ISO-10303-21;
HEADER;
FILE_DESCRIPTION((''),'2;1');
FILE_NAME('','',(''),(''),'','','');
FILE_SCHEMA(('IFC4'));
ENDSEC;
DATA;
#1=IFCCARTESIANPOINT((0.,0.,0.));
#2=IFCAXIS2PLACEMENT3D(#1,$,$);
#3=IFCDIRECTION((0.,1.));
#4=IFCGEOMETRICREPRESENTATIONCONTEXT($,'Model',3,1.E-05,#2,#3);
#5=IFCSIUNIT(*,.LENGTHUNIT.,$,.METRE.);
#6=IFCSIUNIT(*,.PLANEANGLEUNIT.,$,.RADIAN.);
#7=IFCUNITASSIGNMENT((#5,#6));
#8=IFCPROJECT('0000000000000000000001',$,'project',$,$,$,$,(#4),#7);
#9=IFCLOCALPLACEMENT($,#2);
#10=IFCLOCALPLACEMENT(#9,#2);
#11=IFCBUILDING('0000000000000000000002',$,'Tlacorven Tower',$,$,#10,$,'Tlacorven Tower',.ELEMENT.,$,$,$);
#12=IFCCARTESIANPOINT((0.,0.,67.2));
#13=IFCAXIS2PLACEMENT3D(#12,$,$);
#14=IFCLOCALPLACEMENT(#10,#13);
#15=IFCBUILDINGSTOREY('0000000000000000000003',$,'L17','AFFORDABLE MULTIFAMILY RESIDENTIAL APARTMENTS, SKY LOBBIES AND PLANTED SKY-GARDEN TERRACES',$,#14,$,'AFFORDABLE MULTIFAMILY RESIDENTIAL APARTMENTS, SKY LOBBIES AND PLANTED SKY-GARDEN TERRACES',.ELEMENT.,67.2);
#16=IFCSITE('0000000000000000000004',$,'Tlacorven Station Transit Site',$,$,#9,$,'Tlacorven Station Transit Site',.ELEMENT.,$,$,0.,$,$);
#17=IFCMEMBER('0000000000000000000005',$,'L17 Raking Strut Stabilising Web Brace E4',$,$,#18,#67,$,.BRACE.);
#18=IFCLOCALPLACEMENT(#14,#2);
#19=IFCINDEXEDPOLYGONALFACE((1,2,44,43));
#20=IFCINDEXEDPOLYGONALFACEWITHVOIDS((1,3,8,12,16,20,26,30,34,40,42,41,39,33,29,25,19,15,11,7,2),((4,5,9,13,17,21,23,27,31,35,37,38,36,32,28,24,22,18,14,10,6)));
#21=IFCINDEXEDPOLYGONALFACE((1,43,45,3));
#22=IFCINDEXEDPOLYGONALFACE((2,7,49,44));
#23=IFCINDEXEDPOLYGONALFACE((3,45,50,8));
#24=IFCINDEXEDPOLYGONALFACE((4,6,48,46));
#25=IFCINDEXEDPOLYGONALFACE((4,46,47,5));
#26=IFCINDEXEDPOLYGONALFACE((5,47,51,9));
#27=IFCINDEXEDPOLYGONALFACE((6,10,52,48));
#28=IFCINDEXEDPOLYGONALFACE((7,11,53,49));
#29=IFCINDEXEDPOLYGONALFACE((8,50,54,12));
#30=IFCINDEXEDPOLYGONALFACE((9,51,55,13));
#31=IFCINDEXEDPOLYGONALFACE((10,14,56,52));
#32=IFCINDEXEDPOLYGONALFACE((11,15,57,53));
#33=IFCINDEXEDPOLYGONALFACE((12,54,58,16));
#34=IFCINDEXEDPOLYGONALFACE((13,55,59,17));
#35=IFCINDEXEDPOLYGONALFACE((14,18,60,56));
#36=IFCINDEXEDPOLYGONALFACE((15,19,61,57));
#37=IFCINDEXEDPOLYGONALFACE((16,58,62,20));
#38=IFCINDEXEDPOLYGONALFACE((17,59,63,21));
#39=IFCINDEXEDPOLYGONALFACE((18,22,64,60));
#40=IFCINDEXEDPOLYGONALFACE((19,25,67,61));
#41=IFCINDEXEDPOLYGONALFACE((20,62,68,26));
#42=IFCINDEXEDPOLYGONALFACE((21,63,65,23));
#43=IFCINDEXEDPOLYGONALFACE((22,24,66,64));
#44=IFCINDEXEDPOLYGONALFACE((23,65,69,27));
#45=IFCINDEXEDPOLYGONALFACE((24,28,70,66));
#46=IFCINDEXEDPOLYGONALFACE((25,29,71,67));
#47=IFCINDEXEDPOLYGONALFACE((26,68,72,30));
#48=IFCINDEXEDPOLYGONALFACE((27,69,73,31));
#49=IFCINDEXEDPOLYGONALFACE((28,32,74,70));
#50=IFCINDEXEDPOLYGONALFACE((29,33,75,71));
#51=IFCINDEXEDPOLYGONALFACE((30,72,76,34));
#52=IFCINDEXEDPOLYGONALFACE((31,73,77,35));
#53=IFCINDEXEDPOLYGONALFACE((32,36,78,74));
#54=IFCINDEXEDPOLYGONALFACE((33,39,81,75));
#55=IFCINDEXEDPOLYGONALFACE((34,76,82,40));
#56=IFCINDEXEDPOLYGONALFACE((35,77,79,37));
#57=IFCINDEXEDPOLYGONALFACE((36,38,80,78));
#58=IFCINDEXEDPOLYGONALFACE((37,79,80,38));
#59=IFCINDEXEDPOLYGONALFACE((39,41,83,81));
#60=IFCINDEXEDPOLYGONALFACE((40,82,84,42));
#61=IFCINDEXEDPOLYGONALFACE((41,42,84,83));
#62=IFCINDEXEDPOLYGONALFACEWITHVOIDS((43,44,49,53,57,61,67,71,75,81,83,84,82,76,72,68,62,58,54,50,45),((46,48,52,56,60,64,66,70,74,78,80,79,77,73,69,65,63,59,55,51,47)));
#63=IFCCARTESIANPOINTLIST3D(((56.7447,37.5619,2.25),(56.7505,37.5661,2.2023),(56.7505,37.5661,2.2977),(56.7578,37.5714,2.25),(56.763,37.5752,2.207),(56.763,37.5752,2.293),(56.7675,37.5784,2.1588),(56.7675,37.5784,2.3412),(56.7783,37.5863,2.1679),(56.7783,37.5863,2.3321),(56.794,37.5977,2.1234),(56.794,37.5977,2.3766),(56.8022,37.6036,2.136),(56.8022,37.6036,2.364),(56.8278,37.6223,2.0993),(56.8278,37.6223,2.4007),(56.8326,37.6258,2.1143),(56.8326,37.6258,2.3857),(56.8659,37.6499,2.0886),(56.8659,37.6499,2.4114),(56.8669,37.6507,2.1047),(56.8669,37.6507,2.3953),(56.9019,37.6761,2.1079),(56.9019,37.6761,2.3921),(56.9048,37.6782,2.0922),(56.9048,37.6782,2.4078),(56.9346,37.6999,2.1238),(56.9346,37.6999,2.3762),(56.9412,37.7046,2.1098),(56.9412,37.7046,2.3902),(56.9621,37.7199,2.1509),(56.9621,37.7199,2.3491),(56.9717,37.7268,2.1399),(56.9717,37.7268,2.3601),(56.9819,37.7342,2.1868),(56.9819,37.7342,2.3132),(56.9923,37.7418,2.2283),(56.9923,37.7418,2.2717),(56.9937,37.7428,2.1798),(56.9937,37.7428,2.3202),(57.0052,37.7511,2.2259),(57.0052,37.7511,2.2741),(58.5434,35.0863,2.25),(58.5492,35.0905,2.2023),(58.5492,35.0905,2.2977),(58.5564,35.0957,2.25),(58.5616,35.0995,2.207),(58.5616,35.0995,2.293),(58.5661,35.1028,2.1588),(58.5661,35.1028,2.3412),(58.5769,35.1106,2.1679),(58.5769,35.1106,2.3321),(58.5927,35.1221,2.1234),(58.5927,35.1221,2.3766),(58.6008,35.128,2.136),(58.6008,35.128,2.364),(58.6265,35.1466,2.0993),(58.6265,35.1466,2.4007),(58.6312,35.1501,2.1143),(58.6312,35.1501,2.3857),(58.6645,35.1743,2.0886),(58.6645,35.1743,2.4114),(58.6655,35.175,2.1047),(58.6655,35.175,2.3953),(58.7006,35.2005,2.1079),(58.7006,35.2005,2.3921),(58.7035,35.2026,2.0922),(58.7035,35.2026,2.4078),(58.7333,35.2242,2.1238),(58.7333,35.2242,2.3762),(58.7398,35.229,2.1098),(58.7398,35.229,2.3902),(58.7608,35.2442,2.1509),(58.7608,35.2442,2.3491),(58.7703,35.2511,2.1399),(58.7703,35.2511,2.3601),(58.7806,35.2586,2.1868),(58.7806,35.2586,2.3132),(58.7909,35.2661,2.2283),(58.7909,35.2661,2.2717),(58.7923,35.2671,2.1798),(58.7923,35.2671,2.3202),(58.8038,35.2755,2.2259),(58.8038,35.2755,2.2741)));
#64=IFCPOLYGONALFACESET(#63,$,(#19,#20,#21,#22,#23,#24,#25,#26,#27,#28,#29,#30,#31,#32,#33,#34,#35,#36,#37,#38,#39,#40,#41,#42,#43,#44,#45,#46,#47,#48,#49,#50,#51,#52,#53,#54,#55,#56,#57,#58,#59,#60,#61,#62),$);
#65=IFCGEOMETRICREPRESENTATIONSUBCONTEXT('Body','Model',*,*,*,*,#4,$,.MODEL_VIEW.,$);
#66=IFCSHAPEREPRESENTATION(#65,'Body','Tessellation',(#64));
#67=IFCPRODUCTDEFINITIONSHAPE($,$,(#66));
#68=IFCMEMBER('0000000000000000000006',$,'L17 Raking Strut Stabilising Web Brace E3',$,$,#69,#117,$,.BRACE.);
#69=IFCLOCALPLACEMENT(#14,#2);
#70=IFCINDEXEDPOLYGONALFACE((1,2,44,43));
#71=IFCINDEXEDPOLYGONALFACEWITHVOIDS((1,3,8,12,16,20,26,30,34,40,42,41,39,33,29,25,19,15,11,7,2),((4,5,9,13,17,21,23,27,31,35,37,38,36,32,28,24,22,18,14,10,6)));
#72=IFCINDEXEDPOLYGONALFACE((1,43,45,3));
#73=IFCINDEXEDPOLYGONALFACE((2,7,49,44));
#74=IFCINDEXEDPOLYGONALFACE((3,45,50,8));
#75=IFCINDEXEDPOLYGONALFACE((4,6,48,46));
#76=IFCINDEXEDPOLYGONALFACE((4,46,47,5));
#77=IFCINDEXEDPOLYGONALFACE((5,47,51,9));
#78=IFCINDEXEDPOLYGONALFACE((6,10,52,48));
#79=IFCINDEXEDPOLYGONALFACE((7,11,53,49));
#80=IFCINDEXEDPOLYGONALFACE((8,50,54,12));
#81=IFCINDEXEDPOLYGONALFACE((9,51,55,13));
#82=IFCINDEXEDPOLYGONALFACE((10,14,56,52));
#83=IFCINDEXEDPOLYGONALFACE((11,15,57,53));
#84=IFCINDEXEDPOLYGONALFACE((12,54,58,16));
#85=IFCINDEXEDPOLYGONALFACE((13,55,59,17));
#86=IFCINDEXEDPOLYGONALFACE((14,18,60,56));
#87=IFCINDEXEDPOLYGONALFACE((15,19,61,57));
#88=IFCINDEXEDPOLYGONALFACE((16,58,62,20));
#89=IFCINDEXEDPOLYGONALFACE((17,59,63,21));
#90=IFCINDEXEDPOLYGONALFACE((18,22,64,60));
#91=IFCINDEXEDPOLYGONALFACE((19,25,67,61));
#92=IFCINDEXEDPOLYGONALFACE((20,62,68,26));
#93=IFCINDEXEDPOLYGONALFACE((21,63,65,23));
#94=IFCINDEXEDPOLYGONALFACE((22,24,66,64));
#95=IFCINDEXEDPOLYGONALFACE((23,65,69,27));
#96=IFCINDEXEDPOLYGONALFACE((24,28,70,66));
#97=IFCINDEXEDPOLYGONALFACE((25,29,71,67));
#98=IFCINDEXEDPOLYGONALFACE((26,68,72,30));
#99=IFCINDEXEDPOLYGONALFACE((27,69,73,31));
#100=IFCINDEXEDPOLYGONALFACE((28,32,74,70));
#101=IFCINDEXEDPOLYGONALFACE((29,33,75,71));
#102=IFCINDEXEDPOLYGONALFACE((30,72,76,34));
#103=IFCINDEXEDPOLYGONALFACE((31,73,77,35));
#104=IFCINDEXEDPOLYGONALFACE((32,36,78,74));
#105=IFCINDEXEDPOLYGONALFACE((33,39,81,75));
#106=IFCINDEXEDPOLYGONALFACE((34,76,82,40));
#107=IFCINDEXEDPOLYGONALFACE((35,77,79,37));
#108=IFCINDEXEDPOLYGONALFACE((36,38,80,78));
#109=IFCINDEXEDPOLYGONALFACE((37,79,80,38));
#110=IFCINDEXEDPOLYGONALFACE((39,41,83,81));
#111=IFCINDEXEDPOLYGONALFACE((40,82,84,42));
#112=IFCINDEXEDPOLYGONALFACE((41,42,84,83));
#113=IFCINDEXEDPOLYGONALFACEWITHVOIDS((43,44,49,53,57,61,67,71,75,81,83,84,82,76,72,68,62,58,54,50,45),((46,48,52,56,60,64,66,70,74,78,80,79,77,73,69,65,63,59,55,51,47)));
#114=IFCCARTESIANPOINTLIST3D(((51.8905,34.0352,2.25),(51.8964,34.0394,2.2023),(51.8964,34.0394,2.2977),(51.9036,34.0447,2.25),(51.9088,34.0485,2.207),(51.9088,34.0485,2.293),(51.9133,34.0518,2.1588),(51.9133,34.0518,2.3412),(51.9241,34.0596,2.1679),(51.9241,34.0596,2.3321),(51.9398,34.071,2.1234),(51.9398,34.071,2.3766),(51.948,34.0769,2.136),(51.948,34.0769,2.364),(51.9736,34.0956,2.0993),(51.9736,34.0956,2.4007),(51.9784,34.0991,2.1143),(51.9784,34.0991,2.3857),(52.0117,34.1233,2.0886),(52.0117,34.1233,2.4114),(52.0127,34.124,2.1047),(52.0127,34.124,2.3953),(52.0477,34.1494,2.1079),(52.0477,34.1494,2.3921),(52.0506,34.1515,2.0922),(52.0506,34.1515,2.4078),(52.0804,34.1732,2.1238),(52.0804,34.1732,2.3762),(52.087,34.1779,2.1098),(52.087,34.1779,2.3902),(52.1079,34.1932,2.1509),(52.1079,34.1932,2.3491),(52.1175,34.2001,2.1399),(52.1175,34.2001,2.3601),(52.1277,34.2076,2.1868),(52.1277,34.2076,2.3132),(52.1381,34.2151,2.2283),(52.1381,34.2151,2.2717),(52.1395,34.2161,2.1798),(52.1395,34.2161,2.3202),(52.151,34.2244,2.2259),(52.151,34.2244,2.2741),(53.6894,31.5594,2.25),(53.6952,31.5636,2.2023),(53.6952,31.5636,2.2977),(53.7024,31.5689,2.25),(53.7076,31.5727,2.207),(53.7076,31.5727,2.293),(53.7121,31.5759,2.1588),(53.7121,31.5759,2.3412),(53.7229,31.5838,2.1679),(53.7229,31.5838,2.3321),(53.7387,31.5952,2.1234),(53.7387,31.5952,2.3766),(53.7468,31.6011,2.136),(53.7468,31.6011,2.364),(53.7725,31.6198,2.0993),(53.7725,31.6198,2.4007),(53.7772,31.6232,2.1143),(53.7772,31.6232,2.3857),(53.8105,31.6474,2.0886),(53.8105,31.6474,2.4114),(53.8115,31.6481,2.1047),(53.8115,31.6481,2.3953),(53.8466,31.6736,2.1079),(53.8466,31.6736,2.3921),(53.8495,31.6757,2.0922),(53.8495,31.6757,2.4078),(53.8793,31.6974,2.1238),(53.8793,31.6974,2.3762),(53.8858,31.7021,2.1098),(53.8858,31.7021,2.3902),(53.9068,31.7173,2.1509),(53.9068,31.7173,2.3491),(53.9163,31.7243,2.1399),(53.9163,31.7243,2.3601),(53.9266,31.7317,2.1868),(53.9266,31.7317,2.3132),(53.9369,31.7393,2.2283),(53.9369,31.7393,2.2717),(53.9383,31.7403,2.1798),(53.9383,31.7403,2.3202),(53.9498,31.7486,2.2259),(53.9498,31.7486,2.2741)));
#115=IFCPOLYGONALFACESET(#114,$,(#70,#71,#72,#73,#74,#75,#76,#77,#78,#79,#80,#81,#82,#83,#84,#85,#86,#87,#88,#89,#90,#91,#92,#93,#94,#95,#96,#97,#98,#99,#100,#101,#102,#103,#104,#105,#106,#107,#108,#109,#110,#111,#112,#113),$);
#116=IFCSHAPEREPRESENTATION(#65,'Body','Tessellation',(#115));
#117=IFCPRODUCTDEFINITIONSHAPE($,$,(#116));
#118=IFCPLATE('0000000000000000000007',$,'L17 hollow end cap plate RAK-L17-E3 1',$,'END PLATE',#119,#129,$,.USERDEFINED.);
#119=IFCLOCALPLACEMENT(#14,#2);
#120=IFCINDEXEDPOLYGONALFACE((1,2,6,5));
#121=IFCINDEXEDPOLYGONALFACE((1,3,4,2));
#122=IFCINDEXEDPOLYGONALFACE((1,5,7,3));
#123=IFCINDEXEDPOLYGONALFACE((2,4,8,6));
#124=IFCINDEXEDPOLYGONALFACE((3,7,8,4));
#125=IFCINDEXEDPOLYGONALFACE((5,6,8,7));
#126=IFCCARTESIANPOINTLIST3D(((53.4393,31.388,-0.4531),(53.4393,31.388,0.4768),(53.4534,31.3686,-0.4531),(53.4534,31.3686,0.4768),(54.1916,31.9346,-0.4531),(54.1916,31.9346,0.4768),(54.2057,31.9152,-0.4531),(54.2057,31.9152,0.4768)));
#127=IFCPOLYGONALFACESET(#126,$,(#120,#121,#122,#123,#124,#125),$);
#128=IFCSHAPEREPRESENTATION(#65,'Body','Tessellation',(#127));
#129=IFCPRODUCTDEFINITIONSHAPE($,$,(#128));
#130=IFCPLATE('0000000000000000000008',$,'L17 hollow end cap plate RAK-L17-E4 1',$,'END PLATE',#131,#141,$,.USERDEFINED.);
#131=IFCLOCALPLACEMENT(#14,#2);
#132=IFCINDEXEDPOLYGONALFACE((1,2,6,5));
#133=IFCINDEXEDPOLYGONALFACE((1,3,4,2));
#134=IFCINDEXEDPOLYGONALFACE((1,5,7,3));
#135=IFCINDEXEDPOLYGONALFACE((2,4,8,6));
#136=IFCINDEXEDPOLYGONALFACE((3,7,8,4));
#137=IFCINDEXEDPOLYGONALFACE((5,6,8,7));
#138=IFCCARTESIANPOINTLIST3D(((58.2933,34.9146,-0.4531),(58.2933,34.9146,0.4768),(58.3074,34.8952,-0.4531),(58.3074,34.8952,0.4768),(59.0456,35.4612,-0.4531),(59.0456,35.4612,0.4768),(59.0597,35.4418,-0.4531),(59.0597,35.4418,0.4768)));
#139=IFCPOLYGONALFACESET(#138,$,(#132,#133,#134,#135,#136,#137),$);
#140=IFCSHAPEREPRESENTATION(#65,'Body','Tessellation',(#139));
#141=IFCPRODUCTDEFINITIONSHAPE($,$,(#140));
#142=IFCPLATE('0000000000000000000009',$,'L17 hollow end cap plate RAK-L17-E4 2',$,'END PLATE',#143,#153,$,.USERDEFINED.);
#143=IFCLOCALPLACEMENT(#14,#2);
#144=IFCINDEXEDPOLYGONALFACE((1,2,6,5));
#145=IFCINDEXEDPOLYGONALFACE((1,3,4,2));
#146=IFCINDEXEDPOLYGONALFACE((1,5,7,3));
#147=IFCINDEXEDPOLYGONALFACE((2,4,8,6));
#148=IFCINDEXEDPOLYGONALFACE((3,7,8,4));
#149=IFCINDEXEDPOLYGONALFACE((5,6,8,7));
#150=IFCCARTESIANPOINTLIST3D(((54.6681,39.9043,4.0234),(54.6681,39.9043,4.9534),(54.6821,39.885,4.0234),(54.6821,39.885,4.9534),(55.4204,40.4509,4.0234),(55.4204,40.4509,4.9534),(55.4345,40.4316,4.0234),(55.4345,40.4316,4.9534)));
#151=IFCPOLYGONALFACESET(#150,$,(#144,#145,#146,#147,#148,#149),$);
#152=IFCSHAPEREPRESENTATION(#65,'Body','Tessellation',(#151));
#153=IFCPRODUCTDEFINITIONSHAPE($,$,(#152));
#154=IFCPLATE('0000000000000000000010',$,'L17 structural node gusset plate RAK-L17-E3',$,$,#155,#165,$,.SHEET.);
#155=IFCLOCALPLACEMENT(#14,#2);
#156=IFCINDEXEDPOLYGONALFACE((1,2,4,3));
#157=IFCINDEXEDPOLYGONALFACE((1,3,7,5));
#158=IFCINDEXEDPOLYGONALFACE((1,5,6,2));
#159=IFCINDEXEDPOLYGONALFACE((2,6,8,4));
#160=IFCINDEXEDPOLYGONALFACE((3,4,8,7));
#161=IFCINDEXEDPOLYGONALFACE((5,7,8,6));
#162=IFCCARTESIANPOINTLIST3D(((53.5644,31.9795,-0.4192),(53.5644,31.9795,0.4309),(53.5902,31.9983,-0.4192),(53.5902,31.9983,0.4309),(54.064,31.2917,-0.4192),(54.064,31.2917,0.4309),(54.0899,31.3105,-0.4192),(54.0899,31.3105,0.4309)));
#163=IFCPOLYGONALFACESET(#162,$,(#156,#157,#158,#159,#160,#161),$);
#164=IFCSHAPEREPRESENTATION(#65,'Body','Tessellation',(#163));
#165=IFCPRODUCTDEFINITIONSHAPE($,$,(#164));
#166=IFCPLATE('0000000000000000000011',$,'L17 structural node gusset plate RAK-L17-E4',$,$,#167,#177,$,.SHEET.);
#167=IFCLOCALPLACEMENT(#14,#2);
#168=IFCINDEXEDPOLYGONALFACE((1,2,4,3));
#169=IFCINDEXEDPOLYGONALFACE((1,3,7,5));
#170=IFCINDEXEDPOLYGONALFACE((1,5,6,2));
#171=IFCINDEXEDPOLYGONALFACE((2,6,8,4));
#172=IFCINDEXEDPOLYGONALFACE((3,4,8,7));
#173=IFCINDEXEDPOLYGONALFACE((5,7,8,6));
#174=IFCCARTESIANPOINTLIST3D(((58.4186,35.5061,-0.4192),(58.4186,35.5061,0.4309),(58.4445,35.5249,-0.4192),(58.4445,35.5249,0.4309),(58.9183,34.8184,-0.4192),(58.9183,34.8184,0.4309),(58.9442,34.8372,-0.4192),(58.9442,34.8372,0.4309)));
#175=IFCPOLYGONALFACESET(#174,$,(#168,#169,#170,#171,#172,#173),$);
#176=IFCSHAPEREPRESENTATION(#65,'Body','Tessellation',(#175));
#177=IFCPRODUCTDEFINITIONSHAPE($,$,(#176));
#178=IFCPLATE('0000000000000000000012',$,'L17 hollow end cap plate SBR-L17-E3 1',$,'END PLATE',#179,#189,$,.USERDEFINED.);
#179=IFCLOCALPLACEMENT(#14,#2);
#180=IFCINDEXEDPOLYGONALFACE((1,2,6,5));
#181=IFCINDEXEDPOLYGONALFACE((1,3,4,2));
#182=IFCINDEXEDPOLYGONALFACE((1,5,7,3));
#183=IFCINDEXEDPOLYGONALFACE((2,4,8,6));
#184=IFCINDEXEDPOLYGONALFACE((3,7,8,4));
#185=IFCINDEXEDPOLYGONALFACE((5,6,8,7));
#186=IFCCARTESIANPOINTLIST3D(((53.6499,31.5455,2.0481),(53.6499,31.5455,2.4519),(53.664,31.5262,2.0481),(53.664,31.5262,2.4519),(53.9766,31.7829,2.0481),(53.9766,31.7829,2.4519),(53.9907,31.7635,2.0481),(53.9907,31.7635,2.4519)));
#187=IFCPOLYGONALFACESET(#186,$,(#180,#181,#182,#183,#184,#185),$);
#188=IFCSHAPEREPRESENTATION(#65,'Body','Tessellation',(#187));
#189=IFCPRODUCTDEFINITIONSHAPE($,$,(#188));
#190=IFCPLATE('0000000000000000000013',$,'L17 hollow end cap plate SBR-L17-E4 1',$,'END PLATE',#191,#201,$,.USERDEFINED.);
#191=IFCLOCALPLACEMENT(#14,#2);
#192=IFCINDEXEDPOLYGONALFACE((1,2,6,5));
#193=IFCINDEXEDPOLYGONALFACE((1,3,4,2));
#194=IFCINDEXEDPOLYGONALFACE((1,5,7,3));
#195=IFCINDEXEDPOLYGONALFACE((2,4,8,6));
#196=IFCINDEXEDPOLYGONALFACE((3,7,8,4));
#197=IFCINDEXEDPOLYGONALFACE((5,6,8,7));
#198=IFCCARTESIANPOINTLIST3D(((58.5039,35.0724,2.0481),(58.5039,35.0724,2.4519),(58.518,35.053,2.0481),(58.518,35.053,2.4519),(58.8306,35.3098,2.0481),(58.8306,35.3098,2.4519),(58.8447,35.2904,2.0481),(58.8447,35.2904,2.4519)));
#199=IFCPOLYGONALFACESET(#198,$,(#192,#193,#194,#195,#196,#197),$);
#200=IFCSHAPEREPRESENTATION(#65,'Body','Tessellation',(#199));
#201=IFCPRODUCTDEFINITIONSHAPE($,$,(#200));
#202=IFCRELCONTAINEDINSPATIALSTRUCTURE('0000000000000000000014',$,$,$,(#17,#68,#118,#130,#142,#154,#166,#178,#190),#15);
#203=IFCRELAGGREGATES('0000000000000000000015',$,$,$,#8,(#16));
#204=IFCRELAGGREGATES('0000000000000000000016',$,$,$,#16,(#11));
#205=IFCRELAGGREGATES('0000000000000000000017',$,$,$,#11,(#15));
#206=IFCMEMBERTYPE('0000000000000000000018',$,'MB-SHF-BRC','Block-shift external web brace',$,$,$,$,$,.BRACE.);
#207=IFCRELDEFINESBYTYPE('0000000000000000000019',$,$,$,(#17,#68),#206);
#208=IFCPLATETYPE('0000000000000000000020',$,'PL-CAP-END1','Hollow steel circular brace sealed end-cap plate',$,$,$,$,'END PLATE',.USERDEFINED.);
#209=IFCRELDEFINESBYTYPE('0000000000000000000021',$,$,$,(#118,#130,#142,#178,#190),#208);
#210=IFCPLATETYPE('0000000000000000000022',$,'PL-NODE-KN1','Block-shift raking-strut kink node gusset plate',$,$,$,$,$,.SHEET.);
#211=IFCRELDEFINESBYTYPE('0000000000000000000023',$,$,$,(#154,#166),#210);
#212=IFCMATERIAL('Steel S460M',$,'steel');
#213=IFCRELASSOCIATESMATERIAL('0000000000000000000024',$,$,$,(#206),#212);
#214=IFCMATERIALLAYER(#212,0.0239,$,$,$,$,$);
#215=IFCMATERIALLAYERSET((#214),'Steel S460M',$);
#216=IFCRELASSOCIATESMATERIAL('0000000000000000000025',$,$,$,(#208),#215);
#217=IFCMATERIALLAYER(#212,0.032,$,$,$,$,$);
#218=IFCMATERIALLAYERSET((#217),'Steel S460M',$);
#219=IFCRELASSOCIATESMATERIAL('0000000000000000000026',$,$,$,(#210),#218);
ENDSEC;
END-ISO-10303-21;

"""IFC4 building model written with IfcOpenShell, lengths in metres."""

from ifc_helpers import new_model, si_unit, direction, frame, origin, origin_2d, place, context, subcontext, project, spatial, rectangle, hollow_circle, extrude, source, transform, mapped, material, layer, layer_set, material_profile, profile_set, type_object, element, save


model = new_model("IFC4")

# Units and contexts
model_context = context("Model", 3, precision=1e-05, world=origin(), true_north=direction((0.0, 1.0)))
body_context = subcontext(model_context, "Body", "Model", "MODEL_VIEW")
ifc_project = project(units=[si_unit("LENGTHUNIT", "METRE"), si_unit("PLANEANGLEUNIT", "RADIAN")], contexts=[model_context])

# Site, building, storey
site_placement = place(None, origin())
site = spatial("IfcSite", under=ifc_project, at=site_placement, Name="Tlacorven Station Transit Site", LongName="Tlacorven Station Transit Site", CompositionType="ELEMENT", RefElevation=0.0)
building_placement = place(site_placement, origin())
building = spatial("IfcBuilding", under=site, at=building_placement, Name="Tlacorven Tower", LongName="Tlacorven Tower", CompositionType="ELEMENT")
storey_placement = place(building_placement, frame((0.0, 0.0, 67.2)))
storey = spatial("IfcBuildingStorey", under=building, at=storey_placement, Name="L17", Description="AFFORDABLE MULTIFAMILY RESIDENTIAL APARTMENTS, SKY LOBBIES AND PLANTED SKY-GARDEN TERRACES", LongName="AFFORDABLE MULTIFAMILY RESIDENTIAL APARTMENTS, SKY LOBBIES AND PLANTED SKY-GARDEN TERRACES", CompositionType="ELEMENT", Elevation=67.2)

# Shared definitions
ifc_material_1 = material(Name="Steel S460M", Category="steel")

# Members
ifc_material_profile_1 = material_profile(ifc_material_1, hollow_circle(Radius=0.1619, WallThickness=0.0161, at=origin_2d()), Name="CHS 323.9X16")
ifc_profile_set_1 = profile_set([ifc_material_profile_1], Name="Steel S460M")
member_type_1 = type_object("IfcMemberType", Name="MB-SHF-BRC", Description="Block-shift external web brace", PredefinedType="BRACE", material=ifc_profile_set_1)
shared_shape_1 = source(origin(), body_context, "Body", "SweptSolid", [
    extrude(hollow_circle(Radius=0.1619, WallThickness=0.0161, at=origin_2d()), origin(), (0.0, 0.0, 1.0), 3.0601),
])
member_1_placement = place(storey_placement, frame((58.6743, 35.1814, 2.25), z_axis=(-0.587778, 0.809022, 0.0), x_axis=(-0.809022, -0.587778, 0.0)))
element("IfcMember", 1, at=member_1_placement, inside=storey, type_object=member_type_1, Name="L17 Raking Strut Stabilising Web Brace E4", PredefinedType="BRACE", context=body_context, shape_type="MappedRepresentation", body=[
    mapped(shared_shape_1, transform((0.0, 0.0, 0.0), scale=1.0)),
])
shared_shape_2 = source(origin(), body_context, "Body", "SweptSolid", [
    extrude(hollow_circle(Radius=0.1619, WallThickness=0.0161, at=origin_2d()), origin(), (0.0, 0.0, 1.0), 3.0603),
])
member_2_placement = place(storey_placement, frame((53.8203, 31.6545, 2.25), z_axis=(-0.587792, 0.809012, 0.0), x_axis=(-0.809012, -0.587792, 0.0)))
element("IfcMember", 2, at=member_2_placement, inside=storey, type_object=member_type_1, Name="L17 Raking Strut Stabilising Web Brace E3", PredefinedType="BRACE", context=body_context, shape_type="MappedRepresentation", body=[
    mapped(shared_shape_2, transform((0.0, 0.0, 0.0), scale=1.0)),
])

# Plates
ifc_layer_1 = layer(ifc_material_1, 0.0239)
ifc_layer_set_1 = layer_set([ifc_layer_1], Name="Steel S460M")
plate_type_1 = type_object("IfcPlateType", Name="PL-CAP-END1", Description="Hollow steel circular brace sealed end-cap plate", ElementType="END PLATE", PredefinedType="USERDEFINED", material=ifc_layer_set_1)
shared_shape_3 = source(origin(), body_context, "Body", "SweptSolid", [
    extrude(rectangle(XDim=0.0239, YDim=0.9299, at=origin_2d()), origin(), (0.0, 0.0, 1.0), 0.9299),
])
for number, where, z_axis, x_axis, name in (
    (3, (53.8225, 31.6516, -0.4531), (0.0, 0.0, 1.0), (-0.587785, 0.809017, 0.0), "L17 hollow end cap plate RAK-L17-E3 1"),
    (4, (58.6765, 35.1782, -0.4531), (0.0, 0.0, 1.0), (-0.587785, 0.809017, 0.0), "L17 hollow end cap plate RAK-L17-E4 1"),
    (5, (55.0513, 40.168, 4.0234), (0.0, 0.0, 1.0), (-0.587785, 0.809017, 0.0), "L17 hollow end cap plate RAK-L17-E4 2"),
):
    element("IfcPlate", number, at=place(storey_placement, frame(where, z_axis=z_axis, x_axis=x_axis)), inside=storey, type_object=plate_type_1, Name=name, ObjectType="END PLATE", PredefinedType="USERDEFINED", context=body_context, shape_type="MappedRepresentation", body=[
        mapped(shared_shape_3, transform((0.0, 0.0, 0.0), scale=1.0)),
    ])
ifc_layer_2 = layer(ifc_material_1, 0.032)
ifc_layer_set_2 = layer_set([ifc_layer_2], Name="Steel S460M")
plate_type_2 = type_object("IfcPlateType", Name="PL-NODE-KN1", Description="Block-shift raking-strut kink node gusset plate", PredefinedType="SHEET", material=ifc_layer_set_2)
shared_shape_4 = source(origin(), body_context, "Body", "SweptSolid", [
    extrude(rectangle(XDim=0.8501, YDim=0.032, at=origin_2d()), origin(), (0.0, 0.0, 1.0), 0.8501),
])
for number, where, z_axis, x_axis, name in (
    (6, (53.8271, 31.645, -0.4192), (0.0, 0.0, 1.0), (-0.587785, 0.809017, 0.0), "L17 structural node gusset plate RAK-L17-E3"),
    (7, (58.6814, 35.1716, -0.4192), (0.0, 0.0, 1.0), (-0.587785, 0.809017, 0.0), "L17 structural node gusset plate RAK-L17-E4"),
):
    element("IfcPlate", number, at=place(storey_placement, frame(where, z_axis=z_axis, x_axis=x_axis)), inside=storey, type_object=plate_type_2, Name=name, PredefinedType="SHEET", context=body_context, shape_type="MappedRepresentation", body=[
        mapped(shared_shape_4, transform((0.0, 0.0, 0.0), scale=1.0)),
    ])
shared_shape_5 = source(origin(), body_context, "Body", "SweptSolid", [
    extrude(rectangle(XDim=0.0239, YDim=0.4038, at=origin_2d()), origin(), (0.0, 0.0, 1.0), 0.4038),
])
for number, where, z_axis, x_axis, name in (
    (8, (53.8203, 31.6545, 2.0481), (0.0, 0.0, 1.0), (-0.587784, 0.809018, 0.0), "L17 hollow end cap plate SBR-L17-E3 1"),
    (9, (58.6743, 35.1814, 2.0481), (0.0, 0.0, 1.0), (-0.587784, 0.809018, 0.0), "L17 hollow end cap plate SBR-L17-E4 1"),
):
    element("IfcPlate", number, at=place(storey_placement, frame(where, z_axis=z_axis, x_axis=x_axis)), inside=storey, type_object=plate_type_1, Name=name, ObjectType="END PLATE", PredefinedType="USERDEFINED", context=body_context, shape_type="MappedRepresentation", body=[
        mapped(shared_shape_5, transform((0.0, 0.0, 0.0), scale=1.0)),
    ])

save(model, "model.ifc")
